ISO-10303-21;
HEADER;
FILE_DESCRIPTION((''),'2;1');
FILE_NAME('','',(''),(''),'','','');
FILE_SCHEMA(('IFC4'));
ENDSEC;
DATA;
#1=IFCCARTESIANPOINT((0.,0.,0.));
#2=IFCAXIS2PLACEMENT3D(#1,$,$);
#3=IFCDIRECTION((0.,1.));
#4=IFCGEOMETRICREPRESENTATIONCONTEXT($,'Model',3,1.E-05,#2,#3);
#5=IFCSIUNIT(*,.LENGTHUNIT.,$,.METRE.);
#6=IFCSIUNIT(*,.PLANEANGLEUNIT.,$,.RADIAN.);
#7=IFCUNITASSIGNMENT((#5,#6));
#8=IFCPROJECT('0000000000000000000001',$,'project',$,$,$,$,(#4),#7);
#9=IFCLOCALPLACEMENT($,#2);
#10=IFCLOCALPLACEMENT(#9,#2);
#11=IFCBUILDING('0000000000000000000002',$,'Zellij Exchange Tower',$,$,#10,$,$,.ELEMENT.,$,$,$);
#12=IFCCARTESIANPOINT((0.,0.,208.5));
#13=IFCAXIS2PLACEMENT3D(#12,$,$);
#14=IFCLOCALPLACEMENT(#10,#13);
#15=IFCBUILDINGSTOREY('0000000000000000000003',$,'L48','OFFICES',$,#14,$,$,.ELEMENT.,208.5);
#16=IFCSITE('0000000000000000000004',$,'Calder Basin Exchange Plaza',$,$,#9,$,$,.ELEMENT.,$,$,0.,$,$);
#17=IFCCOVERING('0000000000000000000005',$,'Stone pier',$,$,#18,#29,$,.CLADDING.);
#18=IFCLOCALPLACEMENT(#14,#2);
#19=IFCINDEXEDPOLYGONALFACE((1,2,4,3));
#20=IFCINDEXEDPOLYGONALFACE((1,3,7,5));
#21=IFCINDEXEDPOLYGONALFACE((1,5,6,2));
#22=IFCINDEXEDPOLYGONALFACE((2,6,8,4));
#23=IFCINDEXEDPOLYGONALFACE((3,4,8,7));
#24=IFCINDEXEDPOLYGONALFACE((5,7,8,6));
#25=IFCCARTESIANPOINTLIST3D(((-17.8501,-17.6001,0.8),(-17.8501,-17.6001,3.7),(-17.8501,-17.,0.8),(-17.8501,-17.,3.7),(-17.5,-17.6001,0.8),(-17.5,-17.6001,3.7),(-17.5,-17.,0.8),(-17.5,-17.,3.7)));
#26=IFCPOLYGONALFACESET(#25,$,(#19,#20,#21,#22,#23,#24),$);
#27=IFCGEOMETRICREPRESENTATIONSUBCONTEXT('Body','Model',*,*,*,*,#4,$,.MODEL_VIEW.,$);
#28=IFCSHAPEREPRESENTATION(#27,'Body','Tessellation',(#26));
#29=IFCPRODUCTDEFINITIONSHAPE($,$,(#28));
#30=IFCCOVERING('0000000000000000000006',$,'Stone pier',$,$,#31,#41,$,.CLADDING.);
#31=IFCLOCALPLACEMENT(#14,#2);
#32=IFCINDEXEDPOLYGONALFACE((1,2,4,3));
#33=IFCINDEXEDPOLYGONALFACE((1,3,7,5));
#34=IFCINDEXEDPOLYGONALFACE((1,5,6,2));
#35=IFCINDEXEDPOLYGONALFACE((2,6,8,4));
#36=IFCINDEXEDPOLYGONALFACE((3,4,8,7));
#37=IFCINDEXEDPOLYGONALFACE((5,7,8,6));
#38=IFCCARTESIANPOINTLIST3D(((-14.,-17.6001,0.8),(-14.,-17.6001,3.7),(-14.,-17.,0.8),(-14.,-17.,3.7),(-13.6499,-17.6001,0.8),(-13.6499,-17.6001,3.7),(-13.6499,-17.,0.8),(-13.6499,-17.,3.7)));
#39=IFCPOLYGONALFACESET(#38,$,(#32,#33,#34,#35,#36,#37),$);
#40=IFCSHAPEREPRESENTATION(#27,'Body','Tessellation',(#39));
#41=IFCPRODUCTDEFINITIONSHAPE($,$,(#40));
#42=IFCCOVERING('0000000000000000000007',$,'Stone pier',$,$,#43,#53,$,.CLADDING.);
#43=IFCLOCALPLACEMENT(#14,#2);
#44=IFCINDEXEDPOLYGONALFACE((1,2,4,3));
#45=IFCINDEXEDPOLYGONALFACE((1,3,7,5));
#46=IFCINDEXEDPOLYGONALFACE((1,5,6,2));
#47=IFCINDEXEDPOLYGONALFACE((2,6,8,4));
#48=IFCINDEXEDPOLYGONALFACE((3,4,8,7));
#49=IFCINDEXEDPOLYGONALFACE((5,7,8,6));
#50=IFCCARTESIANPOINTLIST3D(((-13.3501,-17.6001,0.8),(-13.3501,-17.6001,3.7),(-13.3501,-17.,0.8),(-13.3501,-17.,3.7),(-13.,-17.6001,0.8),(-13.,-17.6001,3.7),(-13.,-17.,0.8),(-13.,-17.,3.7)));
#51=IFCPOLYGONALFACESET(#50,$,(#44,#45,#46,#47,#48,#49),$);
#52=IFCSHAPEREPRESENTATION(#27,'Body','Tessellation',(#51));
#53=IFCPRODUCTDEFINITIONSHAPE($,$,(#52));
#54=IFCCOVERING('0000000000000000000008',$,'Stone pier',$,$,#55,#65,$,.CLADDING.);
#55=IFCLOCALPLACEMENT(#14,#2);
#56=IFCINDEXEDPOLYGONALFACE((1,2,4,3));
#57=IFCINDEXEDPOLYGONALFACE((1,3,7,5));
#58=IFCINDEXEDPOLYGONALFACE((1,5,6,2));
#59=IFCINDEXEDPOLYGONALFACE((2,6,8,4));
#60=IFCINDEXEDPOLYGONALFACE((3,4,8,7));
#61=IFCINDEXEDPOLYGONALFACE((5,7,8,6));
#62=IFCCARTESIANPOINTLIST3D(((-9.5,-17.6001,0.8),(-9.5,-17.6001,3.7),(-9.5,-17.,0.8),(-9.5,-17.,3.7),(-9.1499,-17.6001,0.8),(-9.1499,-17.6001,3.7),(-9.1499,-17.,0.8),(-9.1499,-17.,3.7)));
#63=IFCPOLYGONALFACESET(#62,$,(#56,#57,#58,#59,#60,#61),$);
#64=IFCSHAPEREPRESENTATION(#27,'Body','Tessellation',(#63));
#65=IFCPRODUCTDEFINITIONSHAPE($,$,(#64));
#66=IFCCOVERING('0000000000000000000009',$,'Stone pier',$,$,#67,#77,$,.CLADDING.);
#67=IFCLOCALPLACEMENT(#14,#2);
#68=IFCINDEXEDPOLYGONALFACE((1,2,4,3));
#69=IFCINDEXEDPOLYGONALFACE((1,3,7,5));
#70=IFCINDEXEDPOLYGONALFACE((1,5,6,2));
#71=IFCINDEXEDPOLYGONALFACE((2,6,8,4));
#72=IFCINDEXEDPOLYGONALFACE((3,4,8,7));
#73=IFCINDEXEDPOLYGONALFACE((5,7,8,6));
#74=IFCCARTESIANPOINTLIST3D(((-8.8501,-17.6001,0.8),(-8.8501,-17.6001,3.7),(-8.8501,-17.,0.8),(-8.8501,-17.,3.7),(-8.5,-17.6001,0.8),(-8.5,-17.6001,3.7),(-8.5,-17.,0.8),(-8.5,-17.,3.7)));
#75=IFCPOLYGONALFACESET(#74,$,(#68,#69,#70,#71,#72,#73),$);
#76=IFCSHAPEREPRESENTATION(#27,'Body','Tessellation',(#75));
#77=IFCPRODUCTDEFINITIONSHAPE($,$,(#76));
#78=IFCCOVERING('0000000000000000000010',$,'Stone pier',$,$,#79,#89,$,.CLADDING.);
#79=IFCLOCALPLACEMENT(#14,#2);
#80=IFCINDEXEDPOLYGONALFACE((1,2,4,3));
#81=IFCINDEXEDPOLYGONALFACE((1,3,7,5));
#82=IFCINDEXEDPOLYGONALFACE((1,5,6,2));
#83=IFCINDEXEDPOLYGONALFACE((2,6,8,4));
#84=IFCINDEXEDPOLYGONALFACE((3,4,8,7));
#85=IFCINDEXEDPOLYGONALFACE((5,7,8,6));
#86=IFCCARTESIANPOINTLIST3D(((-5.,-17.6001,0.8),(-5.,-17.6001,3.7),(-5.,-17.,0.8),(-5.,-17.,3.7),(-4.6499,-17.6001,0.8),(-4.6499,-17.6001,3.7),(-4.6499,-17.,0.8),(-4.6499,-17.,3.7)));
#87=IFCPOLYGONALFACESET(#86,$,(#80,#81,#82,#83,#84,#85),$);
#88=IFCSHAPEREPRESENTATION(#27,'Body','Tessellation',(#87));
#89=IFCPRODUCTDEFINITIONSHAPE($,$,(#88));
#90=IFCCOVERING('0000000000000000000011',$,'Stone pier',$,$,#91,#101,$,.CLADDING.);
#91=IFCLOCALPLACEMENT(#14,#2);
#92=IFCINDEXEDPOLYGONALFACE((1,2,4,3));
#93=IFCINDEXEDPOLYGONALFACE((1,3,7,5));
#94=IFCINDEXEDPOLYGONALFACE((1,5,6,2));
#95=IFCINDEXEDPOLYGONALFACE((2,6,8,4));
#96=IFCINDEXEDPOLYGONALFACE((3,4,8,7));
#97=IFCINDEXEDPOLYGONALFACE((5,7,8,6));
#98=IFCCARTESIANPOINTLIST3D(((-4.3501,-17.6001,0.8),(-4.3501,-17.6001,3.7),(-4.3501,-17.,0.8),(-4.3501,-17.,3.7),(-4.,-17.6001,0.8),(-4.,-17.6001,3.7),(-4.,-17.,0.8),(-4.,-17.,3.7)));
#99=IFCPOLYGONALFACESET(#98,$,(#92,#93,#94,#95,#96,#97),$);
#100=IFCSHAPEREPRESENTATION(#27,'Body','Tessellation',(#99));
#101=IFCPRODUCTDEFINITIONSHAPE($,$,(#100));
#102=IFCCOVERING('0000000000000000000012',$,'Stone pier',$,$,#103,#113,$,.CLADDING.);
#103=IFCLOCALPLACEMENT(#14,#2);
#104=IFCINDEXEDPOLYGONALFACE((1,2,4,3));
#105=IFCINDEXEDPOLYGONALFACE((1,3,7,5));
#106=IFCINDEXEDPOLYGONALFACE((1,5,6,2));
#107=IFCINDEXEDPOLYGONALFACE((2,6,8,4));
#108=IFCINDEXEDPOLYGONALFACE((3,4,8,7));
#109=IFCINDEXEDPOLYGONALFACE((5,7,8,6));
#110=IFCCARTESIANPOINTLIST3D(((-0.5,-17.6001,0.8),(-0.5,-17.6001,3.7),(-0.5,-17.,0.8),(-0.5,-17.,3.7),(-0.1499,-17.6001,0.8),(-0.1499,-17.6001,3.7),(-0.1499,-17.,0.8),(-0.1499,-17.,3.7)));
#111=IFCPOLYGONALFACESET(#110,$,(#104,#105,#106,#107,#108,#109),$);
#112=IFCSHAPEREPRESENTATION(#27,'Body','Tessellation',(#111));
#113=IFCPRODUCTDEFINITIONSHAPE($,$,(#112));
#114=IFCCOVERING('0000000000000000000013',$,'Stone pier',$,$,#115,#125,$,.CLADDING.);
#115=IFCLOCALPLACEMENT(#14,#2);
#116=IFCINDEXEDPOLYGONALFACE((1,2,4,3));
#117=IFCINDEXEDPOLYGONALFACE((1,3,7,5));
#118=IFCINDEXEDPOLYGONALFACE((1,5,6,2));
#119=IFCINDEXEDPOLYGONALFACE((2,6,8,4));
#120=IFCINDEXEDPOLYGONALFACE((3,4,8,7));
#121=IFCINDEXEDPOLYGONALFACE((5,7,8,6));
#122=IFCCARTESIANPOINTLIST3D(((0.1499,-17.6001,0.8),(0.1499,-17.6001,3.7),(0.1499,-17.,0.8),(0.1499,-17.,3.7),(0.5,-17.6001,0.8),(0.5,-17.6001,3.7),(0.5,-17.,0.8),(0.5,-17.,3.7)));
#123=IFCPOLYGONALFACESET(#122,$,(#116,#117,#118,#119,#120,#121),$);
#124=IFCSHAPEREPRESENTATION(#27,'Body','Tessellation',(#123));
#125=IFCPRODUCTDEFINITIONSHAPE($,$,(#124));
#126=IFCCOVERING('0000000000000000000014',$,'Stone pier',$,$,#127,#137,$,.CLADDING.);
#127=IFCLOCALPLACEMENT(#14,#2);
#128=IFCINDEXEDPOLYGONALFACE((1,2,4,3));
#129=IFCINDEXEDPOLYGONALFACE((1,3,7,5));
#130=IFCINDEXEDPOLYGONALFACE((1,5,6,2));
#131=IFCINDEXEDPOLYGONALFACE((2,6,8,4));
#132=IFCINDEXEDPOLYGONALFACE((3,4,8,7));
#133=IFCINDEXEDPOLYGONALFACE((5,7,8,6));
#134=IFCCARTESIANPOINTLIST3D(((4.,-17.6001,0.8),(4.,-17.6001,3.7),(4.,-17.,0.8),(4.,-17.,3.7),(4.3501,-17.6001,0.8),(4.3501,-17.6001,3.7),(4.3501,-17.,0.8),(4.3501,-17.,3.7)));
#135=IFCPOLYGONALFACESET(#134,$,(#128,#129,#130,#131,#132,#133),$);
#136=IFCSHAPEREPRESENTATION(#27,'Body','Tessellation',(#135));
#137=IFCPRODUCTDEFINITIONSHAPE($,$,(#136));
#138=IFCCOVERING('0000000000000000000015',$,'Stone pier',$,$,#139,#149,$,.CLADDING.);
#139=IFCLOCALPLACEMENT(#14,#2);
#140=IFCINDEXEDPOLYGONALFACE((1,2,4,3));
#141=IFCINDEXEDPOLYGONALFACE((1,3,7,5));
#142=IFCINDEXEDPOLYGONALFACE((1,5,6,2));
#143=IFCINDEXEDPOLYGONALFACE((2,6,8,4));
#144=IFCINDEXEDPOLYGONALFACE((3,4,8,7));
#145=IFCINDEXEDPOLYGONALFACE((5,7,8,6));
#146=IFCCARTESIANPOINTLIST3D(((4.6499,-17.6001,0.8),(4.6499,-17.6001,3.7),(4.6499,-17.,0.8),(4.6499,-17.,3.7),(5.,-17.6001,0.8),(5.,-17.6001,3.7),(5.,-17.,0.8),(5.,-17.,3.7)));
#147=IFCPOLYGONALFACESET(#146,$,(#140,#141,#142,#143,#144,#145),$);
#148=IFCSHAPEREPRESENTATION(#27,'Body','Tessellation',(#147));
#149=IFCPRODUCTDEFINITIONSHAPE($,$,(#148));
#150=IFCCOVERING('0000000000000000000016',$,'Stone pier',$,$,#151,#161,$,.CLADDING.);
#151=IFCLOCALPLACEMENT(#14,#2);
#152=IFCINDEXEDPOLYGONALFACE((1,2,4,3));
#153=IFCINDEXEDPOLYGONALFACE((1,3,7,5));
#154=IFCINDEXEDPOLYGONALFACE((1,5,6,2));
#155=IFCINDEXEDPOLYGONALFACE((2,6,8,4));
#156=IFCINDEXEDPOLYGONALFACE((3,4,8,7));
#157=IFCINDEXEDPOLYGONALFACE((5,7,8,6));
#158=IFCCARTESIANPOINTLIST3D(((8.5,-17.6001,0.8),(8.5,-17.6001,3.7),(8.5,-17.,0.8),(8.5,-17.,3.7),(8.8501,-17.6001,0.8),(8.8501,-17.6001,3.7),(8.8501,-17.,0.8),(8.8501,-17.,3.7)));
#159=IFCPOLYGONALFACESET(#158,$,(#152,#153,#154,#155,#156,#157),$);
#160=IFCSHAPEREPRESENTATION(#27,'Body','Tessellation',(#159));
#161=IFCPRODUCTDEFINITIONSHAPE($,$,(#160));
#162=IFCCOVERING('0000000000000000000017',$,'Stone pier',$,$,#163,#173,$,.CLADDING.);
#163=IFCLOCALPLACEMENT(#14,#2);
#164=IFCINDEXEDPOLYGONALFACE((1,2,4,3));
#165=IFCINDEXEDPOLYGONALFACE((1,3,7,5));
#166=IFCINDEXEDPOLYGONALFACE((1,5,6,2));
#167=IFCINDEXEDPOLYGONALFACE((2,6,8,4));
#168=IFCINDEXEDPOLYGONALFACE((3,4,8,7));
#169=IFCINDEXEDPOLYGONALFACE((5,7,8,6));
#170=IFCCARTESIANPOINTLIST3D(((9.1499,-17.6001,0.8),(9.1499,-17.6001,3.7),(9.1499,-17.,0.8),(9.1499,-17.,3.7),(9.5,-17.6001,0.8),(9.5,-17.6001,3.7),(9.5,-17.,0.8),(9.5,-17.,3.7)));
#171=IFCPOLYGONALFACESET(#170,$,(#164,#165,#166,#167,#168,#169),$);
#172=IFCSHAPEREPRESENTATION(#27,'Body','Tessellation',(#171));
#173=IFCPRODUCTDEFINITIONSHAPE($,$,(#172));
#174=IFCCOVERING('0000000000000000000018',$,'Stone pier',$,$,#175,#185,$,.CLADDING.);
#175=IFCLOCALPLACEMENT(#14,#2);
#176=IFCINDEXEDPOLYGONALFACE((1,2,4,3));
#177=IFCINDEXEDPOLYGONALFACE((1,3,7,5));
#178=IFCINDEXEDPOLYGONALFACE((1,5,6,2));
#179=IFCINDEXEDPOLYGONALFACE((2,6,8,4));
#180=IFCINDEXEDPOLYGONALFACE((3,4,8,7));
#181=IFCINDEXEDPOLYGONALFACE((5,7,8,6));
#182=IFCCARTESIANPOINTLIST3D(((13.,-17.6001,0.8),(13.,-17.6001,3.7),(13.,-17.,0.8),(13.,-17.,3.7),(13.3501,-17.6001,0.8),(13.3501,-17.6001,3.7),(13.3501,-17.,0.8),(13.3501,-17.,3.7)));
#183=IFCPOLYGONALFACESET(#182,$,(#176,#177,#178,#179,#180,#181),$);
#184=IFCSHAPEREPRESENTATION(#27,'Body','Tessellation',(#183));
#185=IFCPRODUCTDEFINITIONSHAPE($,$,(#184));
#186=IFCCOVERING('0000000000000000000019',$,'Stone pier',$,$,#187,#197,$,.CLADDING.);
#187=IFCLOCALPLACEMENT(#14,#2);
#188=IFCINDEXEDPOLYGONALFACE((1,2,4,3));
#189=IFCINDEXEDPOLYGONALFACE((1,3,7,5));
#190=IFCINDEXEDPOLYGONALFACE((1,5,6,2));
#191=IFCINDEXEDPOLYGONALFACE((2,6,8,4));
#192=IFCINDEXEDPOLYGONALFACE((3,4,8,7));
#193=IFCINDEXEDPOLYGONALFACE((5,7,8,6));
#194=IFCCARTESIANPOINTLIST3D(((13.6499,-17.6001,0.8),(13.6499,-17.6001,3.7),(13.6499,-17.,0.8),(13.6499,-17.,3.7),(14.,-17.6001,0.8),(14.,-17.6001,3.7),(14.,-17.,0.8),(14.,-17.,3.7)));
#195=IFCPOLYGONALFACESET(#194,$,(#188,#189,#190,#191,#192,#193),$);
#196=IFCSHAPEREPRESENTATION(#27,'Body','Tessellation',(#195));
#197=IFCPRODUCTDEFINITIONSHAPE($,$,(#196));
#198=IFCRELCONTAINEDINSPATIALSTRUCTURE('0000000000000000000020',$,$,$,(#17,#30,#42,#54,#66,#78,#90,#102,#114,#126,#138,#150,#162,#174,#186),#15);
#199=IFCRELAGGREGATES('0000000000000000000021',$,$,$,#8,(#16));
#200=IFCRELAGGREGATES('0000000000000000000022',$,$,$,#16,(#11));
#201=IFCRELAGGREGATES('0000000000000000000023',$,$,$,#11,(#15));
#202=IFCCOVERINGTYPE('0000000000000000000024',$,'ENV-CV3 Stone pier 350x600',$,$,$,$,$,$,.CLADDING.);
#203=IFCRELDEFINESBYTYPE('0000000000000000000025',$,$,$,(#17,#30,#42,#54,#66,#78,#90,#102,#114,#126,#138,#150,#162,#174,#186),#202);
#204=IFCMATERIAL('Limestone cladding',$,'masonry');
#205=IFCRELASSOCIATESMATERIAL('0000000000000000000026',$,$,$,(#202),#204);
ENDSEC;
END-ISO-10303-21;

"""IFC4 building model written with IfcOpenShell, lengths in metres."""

from ifc_helpers import new_model, si_unit, direction, frame, origin, place, context, subcontext, project, spatial, polyline, outline, extrude, material, type_object, element, save


model = new_model("IFC4")

# Units and contexts
model_context = context("Model", 3, precision=1e-05, world=origin(), true_north=direction((0.0, 1.0)))
body_context = subcontext(model_context, "Body", "Model", "MODEL_VIEW")
ifc_project = project(units=[si_unit("LENGTHUNIT", "METRE"), si_unit("PLANEANGLEUNIT", "RADIAN")], contexts=[model_context])

# Site, building, storey
site_placement = place(None, origin())
site = spatial("IfcSite", under=ifc_project, at=site_placement, Name="Calder Basin Exchange Plaza", CompositionType="ELEMENT", RefElevation=0.0)
building_placement = place(site_placement, origin())
building = spatial("IfcBuilding", under=site, at=building_placement, Name="Zellij Exchange Tower", CompositionType="ELEMENT")
storey_placement = place(building_placement, frame((0.0, 0.0, 208.5)))
storey = spatial("IfcBuildingStorey", under=building, at=storey_placement, Name="L48", Description="OFFICES", CompositionType="ELEMENT", Elevation=208.5)

# Coverings
ifc_material_1 = material(Name="Limestone cladding", Category="masonry")
covering_type = type_object("IfcCoveringType", Name="ENV-CV3 Stone pier 350x600", PredefinedType="CLADDING", material=ifc_material_1)
covering_1_placement = place(storey_placement, frame((0.0, 0.0, 0.8)))
element("IfcCovering", 1, at=covering_1_placement, inside=storey, type_object=covering_type, Name="Stone pier", PredefinedType="CLADDING", context=body_context, shape_type="SweptSolid", body=[
    extrude(outline(polyline([(-17.8501, -17.0), (-17.5, -17.0), (-17.5, -17.6001), (-17.8501, -17.6001), (-17.8501, -17.0)])), origin(), (0.0, 0.0, 1.0), 2.8999),
])
covering_2_placement = place(storey_placement, frame((0.0, 0.0, 0.8)))
element("IfcCovering", 2, at=covering_2_placement, inside=storey, type_object=covering_type, Name="Stone pier", PredefinedType="CLADDING", context=body_context, shape_type="SweptSolid", body=[
    extrude(outline(polyline([(-14.0, -17.0), (-13.6499, -17.0), (-13.6499, -17.6001), (-14.0, -17.6001), (-14.0, -17.0)])), origin(), (0.0, 0.0, 1.0), 2.8999),
])
covering_3_placement = place(storey_placement, frame((0.0, 0.0, 0.8)))
element("IfcCovering", 3, at=covering_3_placement, inside=storey, type_object=covering_type, Name="Stone pier", PredefinedType="CLADDING", context=body_context, shape_type="SweptSolid", body=[
    extrude(outline(polyline([(-13.3501, -17.0), (-13.0, -17.0), (-13.0, -17.6001), (-13.3501, -17.6001), (-13.3501, -17.0)])), origin(), (0.0, 0.0, 1.0), 2.8999),
])
covering_4_placement = place(storey_placement, frame((0.0, 0.0, 0.8)))
element("IfcCovering", 4, at=covering_4_placement, inside=storey, type_object=covering_type, Name="Stone pier", PredefinedType="CLADDING", context=body_context, shape_type="SweptSolid", body=[
    extrude(outline(polyline([(-9.5, -17.0), (-9.1499, -17.0), (-9.1499, -17.6001), (-9.5, -17.6001), (-9.5, -17.0)])), origin(), (0.0, 0.0, 1.0), 2.8999),
])
covering_5_placement = place(storey_placement, frame((0.0, 0.0, 0.8)))
element("IfcCovering", 5, at=covering_5_placement, inside=storey, type_object=covering_type, Name="Stone pier", PredefinedType="CLADDING", context=body_context, shape_type="SweptSolid", body=[
    extrude(outline(polyline([(-8.8501, -17.0), (-8.5, -17.0), (-8.5, -17.6001), (-8.8501, -17.6001), (-8.8501, -17.0)])), origin(), (0.0, 0.0, 1.0), 2.8999),
])
covering_6_placement = place(storey_placement, frame((0.0, 0.0, 0.8)))
element("IfcCovering", 6, at=covering_6_placement, inside=storey, type_object=covering_type, Name="Stone pier", PredefinedType="CLADDING", context=body_context, shape_type="SweptSolid", body=[
    extrude(outline(polyline([(-5.0, -17.0), (-4.6499, -17.0), (-4.6499, -17.6001), (-5.0, -17.6001), (-5.0, -17.0)])), origin(), (0.0, 0.0, 1.0), 2.8999),
])
covering_7_placement = place(storey_placement, frame((0.0, 0.0, 0.8)))
element("IfcCovering", 7, at=covering_7_placement, inside=storey, type_object=covering_type, Name="Stone pier", PredefinedType="CLADDING", context=body_context, shape_type="SweptSolid", body=[
    extrude(outline(polyline([(-4.3501, -17.0), (-4.0, -17.0), (-4.0, -17.6001), (-4.3501, -17.6001), (-4.3501, -17.0)])), origin(), (0.0, 0.0, 1.0), 2.8999),
])
covering_8_placement = place(storey_placement, frame((0.0, 0.0, 0.8)))
element("IfcCovering", 8, at=covering_8_placement, inside=storey, type_object=covering_type, Name="Stone pier", PredefinedType="CLADDING", context=body_context, shape_type="SweptSolid", body=[
    extrude(outline(polyline([(-0.5, -17.0), (-0.1499, -17.0), (-0.1499, -17.6001), (-0.5, -17.6001), (-0.5, -17.0)])), origin(), (0.0, 0.0, 1.0), 2.8999),
])
covering_9_placement = place(storey_placement, frame((0.0, 0.0, 0.8)))
element("IfcCovering", 9, at=covering_9_placement, inside=storey, type_object=covering_type, Name="Stone pier", PredefinedType="CLADDING", context=body_context, shape_type="SweptSolid", body=[
    extrude(outline(polyline([(0.1499, -17.0), (0.5, -17.0), (0.5, -17.6001), (0.1499, -17.6001), (0.1499, -17.0)])), origin(), (0.0, 0.0, 1.0), 2.8999),
])
covering_10_placement = place(storey_placement, frame((0.0, 0.0, 0.8)))
element("IfcCovering", 10, at=covering_10_placement, inside=storey, type_object=covering_type, Name="Stone pier", PredefinedType="CLADDING", context=body_context, shape_type="SweptSolid", body=[
    extrude(outline(polyline([(4.0, -17.0), (4.3501, -17.0), (4.3501, -17.6001), (4.0, -17.6001), (4.0, -17.0)])), origin(), (0.0, 0.0, 1.0), 2.8999),
])
covering_11_placement = place(storey_placement, frame((0.0, 0.0, 0.8)))
element("IfcCovering", 11, at=covering_11_placement, inside=storey, type_object=covering_type, Name="Stone pier", PredefinedType="CLADDING", context=body_context, shape_type="SweptSolid", body=[
    extrude(outline(polyline([(4.6499, -17.0), (5.0, -17.0), (5.0, -17.6001), (4.6499, -17.6001), (4.6499, -17.0)])), origin(), (0.0, 0.0, 1.0), 2.8999),
])
covering_12_placement = place(storey_placement, frame((0.0, 0.0, 0.8)))
element("IfcCovering", 12, at=covering_12_placement, inside=storey, type_object=covering_type, Name="Stone pier", PredefinedType="CLADDING", context=body_context, shape_type="SweptSolid", body=[
    extrude(outline(polyline([(8.5, -17.0), (8.8501, -17.0), (8.8501, -17.6001), (8.5, -17.6001), (8.5, -17.0)])), origin(), (0.0, 0.0, 1.0), 2.8999),
])
covering_13_placement = place(storey_placement, frame((0.0, 0.0, 0.8)))
element("IfcCovering", 13, at=covering_13_placement, inside=storey, type_object=covering_type, Name="Stone pier", PredefinedType="CLADDING", context=body_context, shape_type="SweptSolid", body=[
    extrude(outline(polyline([(9.1499, -17.0), (9.5, -17.0), (9.5, -17.6001), (9.1499, -17.6001), (9.1499, -17.0)])), origin(), (0.0, 0.0, 1.0), 2.8999),
])
covering_14_placement = place(storey_placement, frame((0.0, 0.0, 0.8)))
element("IfcCovering", 14, at=covering_14_placement, inside=storey, type_object=covering_type, Name="Stone pier", PredefinedType="CLADDING", context=body_context, shape_type="SweptSolid", body=[
    extrude(outline(polyline([(13.0, -17.0), (13.3501, -17.0), (13.3501, -17.6001), (13.0, -17.6001), (13.0, -17.0)])), origin(), (0.0, 0.0, 1.0), 2.8999),
])
covering_15_placement = place(storey_placement, frame((0.0, 0.0, 0.8)))
element("IfcCovering", 15, at=covering_15_placement, inside=storey, type_object=covering_type, Name="Stone pier", PredefinedType="CLADDING", context=body_context, shape_type="SweptSolid", body=[
    extrude(outline(polyline([(13.6499, -17.0), (14.0, -17.0), (14.0, -17.6001), (13.6499, -17.6001), (13.6499, -17.0)])), origin(), (0.0, 0.0, 1.0), 2.8999),
])

save(model, "model.ifc")
